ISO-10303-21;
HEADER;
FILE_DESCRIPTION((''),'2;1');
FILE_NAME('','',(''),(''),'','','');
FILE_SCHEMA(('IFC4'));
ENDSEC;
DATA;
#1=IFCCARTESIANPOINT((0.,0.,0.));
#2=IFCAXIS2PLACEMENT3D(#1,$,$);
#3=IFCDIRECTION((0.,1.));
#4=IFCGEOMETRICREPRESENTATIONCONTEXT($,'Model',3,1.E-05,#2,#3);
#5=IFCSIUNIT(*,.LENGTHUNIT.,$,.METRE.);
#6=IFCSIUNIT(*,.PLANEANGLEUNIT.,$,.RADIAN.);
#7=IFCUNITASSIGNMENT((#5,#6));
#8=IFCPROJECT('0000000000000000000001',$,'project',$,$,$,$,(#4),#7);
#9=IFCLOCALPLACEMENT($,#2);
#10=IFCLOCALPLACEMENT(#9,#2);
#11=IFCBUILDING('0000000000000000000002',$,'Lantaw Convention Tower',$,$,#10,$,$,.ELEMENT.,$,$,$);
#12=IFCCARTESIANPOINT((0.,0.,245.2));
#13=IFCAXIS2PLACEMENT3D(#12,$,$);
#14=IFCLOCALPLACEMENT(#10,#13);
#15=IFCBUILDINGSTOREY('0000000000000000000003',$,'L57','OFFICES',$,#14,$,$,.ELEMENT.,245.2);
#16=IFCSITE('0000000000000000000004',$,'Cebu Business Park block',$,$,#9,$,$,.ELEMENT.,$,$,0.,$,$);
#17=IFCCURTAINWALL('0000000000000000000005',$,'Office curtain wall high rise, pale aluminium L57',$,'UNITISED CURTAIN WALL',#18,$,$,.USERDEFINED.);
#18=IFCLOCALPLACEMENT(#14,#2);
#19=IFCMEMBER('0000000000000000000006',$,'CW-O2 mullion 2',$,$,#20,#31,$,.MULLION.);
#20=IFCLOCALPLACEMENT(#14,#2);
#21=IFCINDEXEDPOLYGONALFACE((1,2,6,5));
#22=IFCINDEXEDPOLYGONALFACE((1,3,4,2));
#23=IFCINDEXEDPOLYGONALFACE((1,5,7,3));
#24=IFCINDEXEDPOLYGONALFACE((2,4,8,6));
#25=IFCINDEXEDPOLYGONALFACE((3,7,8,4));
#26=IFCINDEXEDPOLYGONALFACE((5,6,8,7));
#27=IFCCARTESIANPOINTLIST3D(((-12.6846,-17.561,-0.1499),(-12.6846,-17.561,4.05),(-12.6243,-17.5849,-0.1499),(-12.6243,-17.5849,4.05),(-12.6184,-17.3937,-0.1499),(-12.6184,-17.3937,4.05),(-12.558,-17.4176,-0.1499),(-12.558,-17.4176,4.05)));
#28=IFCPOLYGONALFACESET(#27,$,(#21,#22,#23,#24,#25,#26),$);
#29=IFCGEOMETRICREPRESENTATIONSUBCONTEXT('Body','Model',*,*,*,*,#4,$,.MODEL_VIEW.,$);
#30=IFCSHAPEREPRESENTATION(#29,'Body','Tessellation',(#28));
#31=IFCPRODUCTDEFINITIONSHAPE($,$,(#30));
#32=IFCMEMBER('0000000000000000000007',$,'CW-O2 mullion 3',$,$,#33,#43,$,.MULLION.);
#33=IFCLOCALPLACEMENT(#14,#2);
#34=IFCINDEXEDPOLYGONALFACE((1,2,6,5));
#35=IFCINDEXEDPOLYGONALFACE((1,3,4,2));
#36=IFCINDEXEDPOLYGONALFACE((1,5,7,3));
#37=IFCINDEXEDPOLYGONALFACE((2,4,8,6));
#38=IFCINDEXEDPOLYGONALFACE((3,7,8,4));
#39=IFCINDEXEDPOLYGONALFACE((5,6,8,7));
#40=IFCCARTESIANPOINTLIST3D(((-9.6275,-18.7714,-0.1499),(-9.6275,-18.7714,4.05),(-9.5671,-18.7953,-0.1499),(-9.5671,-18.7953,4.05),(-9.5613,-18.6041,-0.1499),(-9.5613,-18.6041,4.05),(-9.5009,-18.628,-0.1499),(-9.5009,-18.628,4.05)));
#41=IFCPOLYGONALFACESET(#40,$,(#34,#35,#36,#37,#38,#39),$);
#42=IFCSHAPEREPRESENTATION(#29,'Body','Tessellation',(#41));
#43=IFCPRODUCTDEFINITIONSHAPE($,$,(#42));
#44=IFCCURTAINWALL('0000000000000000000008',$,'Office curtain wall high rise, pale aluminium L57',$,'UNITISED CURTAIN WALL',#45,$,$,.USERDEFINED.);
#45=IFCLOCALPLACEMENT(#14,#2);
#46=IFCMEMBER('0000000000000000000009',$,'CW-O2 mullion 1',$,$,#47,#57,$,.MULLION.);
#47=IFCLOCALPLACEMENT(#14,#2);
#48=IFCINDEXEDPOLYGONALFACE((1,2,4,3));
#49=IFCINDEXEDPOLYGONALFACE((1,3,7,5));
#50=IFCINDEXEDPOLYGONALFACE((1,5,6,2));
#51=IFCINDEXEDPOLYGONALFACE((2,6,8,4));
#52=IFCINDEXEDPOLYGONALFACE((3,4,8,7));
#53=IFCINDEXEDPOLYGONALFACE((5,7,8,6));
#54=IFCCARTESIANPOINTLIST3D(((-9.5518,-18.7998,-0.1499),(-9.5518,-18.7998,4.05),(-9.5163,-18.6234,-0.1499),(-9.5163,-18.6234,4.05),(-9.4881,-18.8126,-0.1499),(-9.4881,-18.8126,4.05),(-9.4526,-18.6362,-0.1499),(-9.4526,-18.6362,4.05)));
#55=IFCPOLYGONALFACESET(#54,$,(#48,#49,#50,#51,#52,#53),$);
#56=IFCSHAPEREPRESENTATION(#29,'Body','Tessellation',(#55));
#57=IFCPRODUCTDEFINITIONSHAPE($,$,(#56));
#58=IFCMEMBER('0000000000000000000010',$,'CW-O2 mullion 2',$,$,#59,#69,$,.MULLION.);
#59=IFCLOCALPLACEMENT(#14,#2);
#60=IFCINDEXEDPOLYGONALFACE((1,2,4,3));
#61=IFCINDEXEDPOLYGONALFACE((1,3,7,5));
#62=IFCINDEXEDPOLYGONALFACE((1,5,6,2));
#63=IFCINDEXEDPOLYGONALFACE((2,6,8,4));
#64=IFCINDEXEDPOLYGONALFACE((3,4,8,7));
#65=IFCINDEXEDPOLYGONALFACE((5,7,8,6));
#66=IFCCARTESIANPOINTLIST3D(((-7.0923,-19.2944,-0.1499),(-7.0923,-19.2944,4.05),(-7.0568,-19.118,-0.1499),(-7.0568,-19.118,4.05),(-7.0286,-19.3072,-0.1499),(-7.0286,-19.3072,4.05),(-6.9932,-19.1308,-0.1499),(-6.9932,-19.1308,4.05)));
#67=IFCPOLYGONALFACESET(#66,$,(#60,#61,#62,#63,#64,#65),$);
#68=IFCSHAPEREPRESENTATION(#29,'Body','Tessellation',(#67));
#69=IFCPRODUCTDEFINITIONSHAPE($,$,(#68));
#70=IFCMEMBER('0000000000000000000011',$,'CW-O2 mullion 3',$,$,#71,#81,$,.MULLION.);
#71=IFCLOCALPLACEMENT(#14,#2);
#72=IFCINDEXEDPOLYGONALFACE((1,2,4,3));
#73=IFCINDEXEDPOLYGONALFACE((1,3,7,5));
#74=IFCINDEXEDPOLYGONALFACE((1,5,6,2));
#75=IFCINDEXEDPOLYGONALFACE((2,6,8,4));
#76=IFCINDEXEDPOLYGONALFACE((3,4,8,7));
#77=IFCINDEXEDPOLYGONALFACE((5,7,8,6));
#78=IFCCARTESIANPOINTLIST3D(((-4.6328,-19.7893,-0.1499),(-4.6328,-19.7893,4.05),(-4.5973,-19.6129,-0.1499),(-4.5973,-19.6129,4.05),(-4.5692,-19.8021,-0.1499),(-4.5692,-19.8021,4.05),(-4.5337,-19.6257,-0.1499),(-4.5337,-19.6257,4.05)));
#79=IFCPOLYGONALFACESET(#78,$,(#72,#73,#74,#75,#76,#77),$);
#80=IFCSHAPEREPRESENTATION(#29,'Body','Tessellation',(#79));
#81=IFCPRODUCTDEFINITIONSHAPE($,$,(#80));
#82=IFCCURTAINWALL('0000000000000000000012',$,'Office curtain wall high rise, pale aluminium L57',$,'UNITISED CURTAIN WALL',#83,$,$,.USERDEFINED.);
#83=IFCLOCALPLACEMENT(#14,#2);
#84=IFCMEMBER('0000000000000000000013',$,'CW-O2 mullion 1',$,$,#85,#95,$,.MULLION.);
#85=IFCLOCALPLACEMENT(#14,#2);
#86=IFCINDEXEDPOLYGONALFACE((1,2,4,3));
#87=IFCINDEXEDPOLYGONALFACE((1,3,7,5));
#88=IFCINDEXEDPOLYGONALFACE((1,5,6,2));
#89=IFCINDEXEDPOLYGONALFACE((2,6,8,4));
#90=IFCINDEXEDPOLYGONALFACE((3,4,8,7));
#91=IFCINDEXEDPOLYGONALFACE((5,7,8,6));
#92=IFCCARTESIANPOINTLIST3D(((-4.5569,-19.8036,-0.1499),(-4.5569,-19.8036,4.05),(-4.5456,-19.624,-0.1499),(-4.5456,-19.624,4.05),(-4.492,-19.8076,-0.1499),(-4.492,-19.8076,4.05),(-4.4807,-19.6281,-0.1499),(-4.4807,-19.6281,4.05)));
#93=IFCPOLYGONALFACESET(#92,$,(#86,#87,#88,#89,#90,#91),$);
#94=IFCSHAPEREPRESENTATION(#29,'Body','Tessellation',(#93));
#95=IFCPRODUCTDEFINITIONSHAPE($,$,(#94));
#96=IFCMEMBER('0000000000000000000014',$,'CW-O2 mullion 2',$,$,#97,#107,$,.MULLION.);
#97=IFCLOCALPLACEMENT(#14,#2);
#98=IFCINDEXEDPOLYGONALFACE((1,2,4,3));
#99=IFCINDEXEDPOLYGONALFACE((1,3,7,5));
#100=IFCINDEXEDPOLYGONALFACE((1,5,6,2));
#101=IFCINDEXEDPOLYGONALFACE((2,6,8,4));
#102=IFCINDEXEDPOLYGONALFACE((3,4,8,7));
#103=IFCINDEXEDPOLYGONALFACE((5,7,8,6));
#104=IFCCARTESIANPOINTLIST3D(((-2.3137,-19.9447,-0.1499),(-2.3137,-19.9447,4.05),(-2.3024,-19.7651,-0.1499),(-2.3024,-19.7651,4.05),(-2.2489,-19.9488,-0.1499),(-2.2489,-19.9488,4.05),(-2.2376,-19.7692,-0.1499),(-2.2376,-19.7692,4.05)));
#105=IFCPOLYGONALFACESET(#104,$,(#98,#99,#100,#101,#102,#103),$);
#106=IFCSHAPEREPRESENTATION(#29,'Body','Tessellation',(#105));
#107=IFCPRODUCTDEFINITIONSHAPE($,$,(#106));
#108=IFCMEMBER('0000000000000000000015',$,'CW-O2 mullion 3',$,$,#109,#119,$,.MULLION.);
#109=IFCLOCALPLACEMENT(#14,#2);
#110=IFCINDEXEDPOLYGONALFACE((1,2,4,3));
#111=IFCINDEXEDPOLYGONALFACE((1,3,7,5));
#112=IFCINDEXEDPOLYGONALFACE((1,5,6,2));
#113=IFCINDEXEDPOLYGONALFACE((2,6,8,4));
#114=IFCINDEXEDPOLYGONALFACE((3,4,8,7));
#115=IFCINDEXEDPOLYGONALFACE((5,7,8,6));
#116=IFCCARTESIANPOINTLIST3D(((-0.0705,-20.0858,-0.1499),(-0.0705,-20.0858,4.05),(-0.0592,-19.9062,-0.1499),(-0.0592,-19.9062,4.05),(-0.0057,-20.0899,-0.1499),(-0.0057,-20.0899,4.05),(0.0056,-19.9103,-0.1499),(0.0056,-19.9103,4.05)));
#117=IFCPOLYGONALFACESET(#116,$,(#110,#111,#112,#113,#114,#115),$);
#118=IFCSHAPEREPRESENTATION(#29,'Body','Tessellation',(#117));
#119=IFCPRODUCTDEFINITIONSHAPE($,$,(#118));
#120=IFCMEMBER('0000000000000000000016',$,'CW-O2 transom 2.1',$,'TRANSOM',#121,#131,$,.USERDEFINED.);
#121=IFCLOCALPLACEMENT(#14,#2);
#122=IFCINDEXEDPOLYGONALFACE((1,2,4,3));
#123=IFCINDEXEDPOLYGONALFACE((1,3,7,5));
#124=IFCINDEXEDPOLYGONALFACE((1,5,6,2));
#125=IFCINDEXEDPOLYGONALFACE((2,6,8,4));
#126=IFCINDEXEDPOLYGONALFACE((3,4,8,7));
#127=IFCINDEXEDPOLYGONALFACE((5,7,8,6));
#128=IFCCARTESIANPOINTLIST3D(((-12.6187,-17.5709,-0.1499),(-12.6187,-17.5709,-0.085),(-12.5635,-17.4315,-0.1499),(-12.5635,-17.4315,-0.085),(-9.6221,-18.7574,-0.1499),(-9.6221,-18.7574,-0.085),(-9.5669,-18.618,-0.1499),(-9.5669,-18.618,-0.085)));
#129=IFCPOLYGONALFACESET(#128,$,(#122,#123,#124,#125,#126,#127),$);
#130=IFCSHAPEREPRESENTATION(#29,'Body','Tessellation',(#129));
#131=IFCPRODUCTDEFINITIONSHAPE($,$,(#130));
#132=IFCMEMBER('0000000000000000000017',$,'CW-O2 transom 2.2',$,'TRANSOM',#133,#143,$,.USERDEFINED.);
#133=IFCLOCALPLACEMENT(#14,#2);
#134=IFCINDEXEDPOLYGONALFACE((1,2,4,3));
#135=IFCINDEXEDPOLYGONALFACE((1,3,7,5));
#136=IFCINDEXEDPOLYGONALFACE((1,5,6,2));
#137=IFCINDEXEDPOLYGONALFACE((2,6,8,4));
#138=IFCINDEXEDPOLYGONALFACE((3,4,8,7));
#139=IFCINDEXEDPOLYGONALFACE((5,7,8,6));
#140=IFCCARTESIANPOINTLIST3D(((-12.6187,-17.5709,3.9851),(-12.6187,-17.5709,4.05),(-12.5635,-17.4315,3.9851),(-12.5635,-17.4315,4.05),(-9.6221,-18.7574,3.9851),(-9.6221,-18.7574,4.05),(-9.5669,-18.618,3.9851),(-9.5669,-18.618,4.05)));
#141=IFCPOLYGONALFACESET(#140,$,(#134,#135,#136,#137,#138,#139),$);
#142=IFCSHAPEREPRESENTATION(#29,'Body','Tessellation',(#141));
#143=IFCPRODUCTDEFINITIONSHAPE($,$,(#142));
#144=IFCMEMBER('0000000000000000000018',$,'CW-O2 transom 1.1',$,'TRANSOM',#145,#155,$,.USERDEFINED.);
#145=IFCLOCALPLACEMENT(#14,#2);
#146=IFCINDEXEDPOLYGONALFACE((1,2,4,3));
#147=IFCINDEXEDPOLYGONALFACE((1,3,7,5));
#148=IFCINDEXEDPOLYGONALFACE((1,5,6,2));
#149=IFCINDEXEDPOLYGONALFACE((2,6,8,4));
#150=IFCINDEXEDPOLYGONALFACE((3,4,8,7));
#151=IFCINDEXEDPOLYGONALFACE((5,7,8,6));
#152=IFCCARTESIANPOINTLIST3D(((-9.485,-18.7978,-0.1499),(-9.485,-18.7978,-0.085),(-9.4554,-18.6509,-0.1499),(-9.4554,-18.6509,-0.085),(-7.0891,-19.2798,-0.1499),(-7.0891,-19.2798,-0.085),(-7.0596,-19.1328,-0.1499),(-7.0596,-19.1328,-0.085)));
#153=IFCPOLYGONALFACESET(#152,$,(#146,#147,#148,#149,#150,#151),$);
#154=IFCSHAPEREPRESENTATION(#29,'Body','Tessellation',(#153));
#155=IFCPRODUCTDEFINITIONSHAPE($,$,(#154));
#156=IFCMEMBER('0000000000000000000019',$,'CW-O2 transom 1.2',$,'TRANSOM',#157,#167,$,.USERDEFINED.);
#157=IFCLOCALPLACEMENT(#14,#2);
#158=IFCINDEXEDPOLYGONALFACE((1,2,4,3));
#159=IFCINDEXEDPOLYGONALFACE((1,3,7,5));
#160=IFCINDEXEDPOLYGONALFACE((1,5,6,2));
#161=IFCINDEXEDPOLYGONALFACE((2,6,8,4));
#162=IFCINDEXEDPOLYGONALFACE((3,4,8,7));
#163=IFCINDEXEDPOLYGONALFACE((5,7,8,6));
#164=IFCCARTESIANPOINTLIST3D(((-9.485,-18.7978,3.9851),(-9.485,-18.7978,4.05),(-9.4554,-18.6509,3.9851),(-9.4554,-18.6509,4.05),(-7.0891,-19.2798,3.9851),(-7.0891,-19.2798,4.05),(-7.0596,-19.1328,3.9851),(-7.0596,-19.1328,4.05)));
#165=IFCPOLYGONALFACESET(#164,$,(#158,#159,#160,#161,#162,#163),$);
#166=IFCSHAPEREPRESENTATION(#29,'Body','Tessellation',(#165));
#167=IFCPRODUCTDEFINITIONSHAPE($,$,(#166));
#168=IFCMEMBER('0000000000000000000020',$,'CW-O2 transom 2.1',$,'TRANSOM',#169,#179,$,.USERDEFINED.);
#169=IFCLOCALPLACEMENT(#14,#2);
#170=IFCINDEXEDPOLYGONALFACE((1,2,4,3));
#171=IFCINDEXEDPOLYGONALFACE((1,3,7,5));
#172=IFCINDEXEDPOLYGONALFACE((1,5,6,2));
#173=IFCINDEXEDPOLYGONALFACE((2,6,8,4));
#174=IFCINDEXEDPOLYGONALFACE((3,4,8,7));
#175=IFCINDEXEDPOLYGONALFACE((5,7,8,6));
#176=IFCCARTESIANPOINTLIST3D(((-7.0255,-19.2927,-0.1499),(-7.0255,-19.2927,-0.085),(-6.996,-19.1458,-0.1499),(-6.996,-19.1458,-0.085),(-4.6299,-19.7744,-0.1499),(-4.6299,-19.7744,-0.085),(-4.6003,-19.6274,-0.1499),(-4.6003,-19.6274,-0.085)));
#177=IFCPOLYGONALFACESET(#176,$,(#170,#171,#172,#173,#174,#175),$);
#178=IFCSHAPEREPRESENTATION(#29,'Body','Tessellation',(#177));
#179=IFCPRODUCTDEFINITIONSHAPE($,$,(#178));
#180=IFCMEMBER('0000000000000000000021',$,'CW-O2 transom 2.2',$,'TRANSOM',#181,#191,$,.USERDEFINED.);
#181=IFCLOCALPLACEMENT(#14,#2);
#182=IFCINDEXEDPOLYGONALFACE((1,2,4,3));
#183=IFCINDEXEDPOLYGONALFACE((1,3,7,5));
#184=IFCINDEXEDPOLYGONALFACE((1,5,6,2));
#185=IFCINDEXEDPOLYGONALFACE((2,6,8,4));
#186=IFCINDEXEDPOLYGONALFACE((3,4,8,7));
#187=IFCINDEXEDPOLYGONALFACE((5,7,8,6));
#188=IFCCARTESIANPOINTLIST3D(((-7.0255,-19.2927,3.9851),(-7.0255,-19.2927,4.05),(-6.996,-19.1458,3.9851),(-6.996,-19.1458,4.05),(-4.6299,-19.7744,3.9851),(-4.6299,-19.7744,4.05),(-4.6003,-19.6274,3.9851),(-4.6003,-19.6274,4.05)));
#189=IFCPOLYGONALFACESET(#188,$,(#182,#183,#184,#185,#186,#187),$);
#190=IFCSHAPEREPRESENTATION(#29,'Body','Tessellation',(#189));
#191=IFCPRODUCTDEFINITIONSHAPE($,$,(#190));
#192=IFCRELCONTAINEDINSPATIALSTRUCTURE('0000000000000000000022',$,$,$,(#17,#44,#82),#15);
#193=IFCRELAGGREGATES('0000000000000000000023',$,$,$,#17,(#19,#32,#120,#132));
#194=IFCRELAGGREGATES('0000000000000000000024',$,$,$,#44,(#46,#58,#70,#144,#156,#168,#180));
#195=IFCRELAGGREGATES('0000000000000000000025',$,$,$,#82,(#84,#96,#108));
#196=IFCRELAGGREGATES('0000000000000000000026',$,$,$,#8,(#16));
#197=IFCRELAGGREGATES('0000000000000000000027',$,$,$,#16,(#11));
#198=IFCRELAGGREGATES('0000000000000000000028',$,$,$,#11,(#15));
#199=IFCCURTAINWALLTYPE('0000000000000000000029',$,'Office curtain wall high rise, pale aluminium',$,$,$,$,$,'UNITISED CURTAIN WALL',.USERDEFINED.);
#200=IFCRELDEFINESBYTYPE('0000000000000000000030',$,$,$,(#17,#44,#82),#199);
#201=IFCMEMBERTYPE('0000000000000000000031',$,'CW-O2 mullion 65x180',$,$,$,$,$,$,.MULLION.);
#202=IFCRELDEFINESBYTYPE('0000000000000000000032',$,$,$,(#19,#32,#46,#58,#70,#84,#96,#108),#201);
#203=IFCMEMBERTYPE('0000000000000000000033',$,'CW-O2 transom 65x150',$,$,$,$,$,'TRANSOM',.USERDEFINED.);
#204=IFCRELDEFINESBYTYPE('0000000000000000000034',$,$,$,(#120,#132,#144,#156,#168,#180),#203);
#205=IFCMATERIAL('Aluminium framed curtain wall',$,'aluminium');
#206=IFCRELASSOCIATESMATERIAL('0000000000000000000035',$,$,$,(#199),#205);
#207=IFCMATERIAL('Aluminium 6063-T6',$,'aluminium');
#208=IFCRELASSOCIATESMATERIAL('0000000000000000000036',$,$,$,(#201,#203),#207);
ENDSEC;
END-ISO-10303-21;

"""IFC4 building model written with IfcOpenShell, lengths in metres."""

from ifc_helpers import new_model, si_unit, direction, frame, origin, origin_2d, place, context, subcontext, project, spatial, rectangle, extrude, material, material_profile, profile_set, type_object, element, aggregate, save


model = new_model("IFC4")

# Units and contexts
model_context = context("Model", 3, precision=1e-05, world=origin(), true_north=direction((0.0, 1.0)))
body_context = subcontext(model_context, "Body", "Model", "MODEL_VIEW")
ifc_project = project(units=[si_unit("LENGTHUNIT", "METRE"), si_unit("PLANEANGLEUNIT", "RADIAN")], contexts=[model_context])

# Site, building, storey
site_placement = place(None, origin())
site = spatial("IfcSite", under=ifc_project, at=site_placement, Name="Cebu Business Park block", CompositionType="ELEMENT", RefElevation=0.0)
building_placement = place(site_placement, origin())
building = spatial("IfcBuilding", under=site, at=building_placement, Name="Lantaw Convention Tower", CompositionType="ELEMENT")
storey_placement = place(building_placement, frame((0.0, 0.0, 245.2)))
storey = spatial("IfcBuildingStorey", under=building, at=storey_placement, Name="L57", Description="OFFICES", CompositionType="ELEMENT", Elevation=245.2)

# Curtain walls, members
ifc_material_1 = material(Name="Aluminium framed curtain wall", Category="aluminium")
curtain_wall_type = type_object("IfcCurtainWallType", Name="Office curtain wall high rise, pale aluminium", ElementType="UNITISED CURTAIN WALL", PredefinedType="USERDEFINED", material=ifc_material_1)
curtain_wall_1_placement = place(storey_placement, origin())
curtain_wall_1 = element("IfcCurtainWall", 1, at=curtain_wall_1_placement, inside=storey, type_object=curtain_wall_type, Name="Office curtain wall high rise, pale aluminium L57", ObjectType="UNITISED CURTAIN WALL", PredefinedType="USERDEFINED")
ifc_material_2 = material(Name="Aluminium 6063-T6", Category="aluminium")
ifc_material_profile_1 = material_profile(ifc_material_2, rectangle(XDim=0.1799, YDim=0.0649, at=origin_2d()), Name="CW-O2 mullion 65x180")
ifc_profile_set_1 = profile_set([ifc_material_profile_1], Name="Aluminium 6063-T6")
member_type_1 = type_object("IfcMemberType", Name="CW-O2 mullion 65x180", PredefinedType="MULLION", material=ifc_profile_set_1)
member_1_placement = place(storey_placement, frame((-12.6213, -17.4893, -0.1499), z_axis=(0.0, 0.0, 1.0), x_axis=(0.368162, 0.929762, 0.0)))
member_1 = element("IfcMember", 2, at=member_1_placement, type_object=member_type_1, Name="CW-O2 mullion 2", PredefinedType="MULLION", context=body_context, shape_type="SweptSolid", body=[
    extrude(rectangle(XDim=0.1799, YDim=0.0649, at=origin_2d()), origin(), (0.0, 0.0, 1.0), 4.2),
])
member_2_placement = place(storey_placement, frame((-9.5642, -18.6997, -0.1499), z_axis=(0.0, 0.0, 1.0), x_axis=(0.368162, 0.929762, 0.0)))
member_2 = element("IfcMember", 3, at=member_2_placement, type_object=member_type_1, Name="CW-O2 mullion 3", PredefinedType="MULLION", context=body_context, shape_type="SweptSolid", body=[
    extrude(rectangle(XDim=0.1799, YDim=0.0649, at=origin_2d()), origin(), (0.0, 0.0, 1.0), 4.2),
])
curtain_wall_2_placement = place(storey_placement, origin())
curtain_wall_2 = element("IfcCurtainWall", 4, at=curtain_wall_2_placement, inside=storey, type_object=curtain_wall_type, Name="Office curtain wall high rise, pale aluminium L57", ObjectType="UNITISED CURTAIN WALL", PredefinedType="USERDEFINED")
member_3_placement = place(storey_placement, frame((-9.5022, -18.718, -0.1499), z_axis=(0.0, 0.0, 1.0), x_axis=(0.197183, 0.980367, 0.0)))
member_3 = element("IfcMember", 5, at=member_3_placement, type_object=member_type_1, Name="CW-O2 mullion 1", PredefinedType="MULLION", context=body_context, shape_type="SweptSolid", body=[
    extrude(rectangle(XDim=0.1799, YDim=0.0649, at=origin_2d()), origin(), (0.0, 0.0, 1.0), 4.2),
])
member_4_placement = place(storey_placement, frame((-7.0427, -19.2126, -0.1499), z_axis=(0.0, 0.0, 1.0), x_axis=(0.197183, 0.980367, 0.0)))
member_4 = element("IfcMember", 6, at=member_4_placement, type_object=member_type_1, Name="CW-O2 mullion 2", PredefinedType="MULLION", context=body_context, shape_type="SweptSolid", body=[
    extrude(rectangle(XDim=0.1799, YDim=0.0649, at=origin_2d()), origin(), (0.0, 0.0, 1.0), 4.2),
])
member_5_placement = place(storey_placement, frame((-4.5833, -19.7075, -0.1499), z_axis=(0.0, 0.0, 1.0), x_axis=(0.197183, 0.980367, 0.0)))
member_5 = element("IfcMember", 7, at=member_5_placement, type_object=member_type_1, Name="CW-O2 mullion 3", PredefinedType="MULLION", context=body_context, shape_type="SweptSolid", body=[
    extrude(rectangle(XDim=0.1799, YDim=0.0649, at=origin_2d()), origin(), (0.0, 0.0, 1.0), 4.2),
])
curtain_wall_3_placement = place(storey_placement, origin())
curtain_wall_3 = element("IfcCurtainWall", 8, at=curtain_wall_3_placement, inside=storey, type_object=curtain_wall_type, Name="Office curtain wall high rise, pale aluminium L57", ObjectType="UNITISED CURTAIN WALL", PredefinedType="USERDEFINED")
member_6_placement = place(storey_placement, frame((-4.5188, -19.7158, -0.1499), z_axis=(0.0, 0.0, 1.0), x_axis=(0.062758, 0.998029, 0.0)))
member_6 = element("IfcMember", 9, at=member_6_placement, type_object=member_type_1, Name="CW-O2 mullion 1", PredefinedType="MULLION", context=body_context, shape_type="SweptSolid", body=[
    extrude(rectangle(XDim=0.1799, YDim=0.0649, at=origin_2d()), origin(), (0.0, 0.0, 1.0), 4.2),
])
member_7_placement = place(storey_placement, frame((-2.2756, -19.8569, -0.1499), z_axis=(0.0, 0.0, 1.0), x_axis=(0.062758, 0.998029, 0.0)))
member_7 = element("IfcMember", 10, at=member_7_placement, type_object=member_type_1, Name="CW-O2 mullion 2", PredefinedType="MULLION", context=body_context, shape_type="SweptSolid", body=[
    extrude(rectangle(XDim=0.1799, YDim=0.0649, at=origin_2d()), origin(), (0.0, 0.0, 1.0), 4.2),
])
member_8_placement = place(storey_placement, frame((-0.0325, -19.998, -0.1499), z_axis=(0.0, 0.0, 1.0), x_axis=(0.062758, 0.998029, 0.0)))
member_8 = element("IfcMember", 11, at=member_8_placement, type_object=member_type_1, Name="CW-O2 mullion 3", PredefinedType="MULLION", context=body_context, shape_type="SweptSolid", body=[
    extrude(rectangle(XDim=0.1799, YDim=0.0649, at=origin_2d()), origin(), (0.0, 0.0, 1.0), 4.2),
])

# Members
ifc_material_profile_2 = material_profile(ifc_material_2, rectangle(XDim=0.1499, YDim=0.0649, at=origin_2d()), Name="CW-O2 transom 65x150")
ifc_profile_set_2 = profile_set([ifc_material_profile_2], Name="Aluminium 6063-T6")
member_type_2 = type_object("IfcMemberType", Name="CW-O2 transom 65x150", ElementType="TRANSOM", PredefinedType="USERDEFINED", material=ifc_profile_set_2)
member_9_placement = place(storey_placement, frame((-12.5911, -17.5012, -0.1174), z_axis=(0.929767, -0.368149, 0.0), x_axis=(0.368149, 0.929767, 0.0)))
member_9 = element("IfcMember", 12, at=member_9_placement, type_object=member_type_2, Name="CW-O2 transom 2.1", ObjectType="TRANSOM", PredefinedType="USERDEFINED", context=body_context, shape_type="SweptSolid", body=[
    extrude(rectangle(XDim=0.1499, YDim=0.0649, at=origin_2d()), origin(), (0.0, 0.0, 1.0), 3.2229),
])
member_10_placement = place(storey_placement, frame((-12.5911, -17.5012, 4.0176), z_axis=(0.929767, -0.368149, 0.0), x_axis=(0.368149, 0.929767, 0.0)))
member_10 = element("IfcMember", 13, at=member_10_placement, type_object=member_type_2, Name="CW-O2 transom 2.2", ObjectType="TRANSOM", PredefinedType="USERDEFINED", context=body_context, shape_type="SweptSolid", body=[
    extrude(rectangle(XDim=0.1499, YDim=0.0649, at=origin_2d()), origin(), (0.0, 0.0, 1.0), 3.2229),
])
member_11_placement = place(storey_placement, frame((-9.4702, -18.7244, -0.1174), z_axis=(0.980361, -0.197211, 0.0), x_axis=(0.197211, 0.980361, 0.0)))
member_11 = element("IfcMember", 14, at=member_11_placement, type_object=member_type_2, Name="CW-O2 transom 1.1", ObjectType="TRANSOM", PredefinedType="USERDEFINED", context=body_context, shape_type="SweptSolid", body=[
    extrude(rectangle(XDim=0.1499, YDim=0.0649, at=origin_2d()), origin(), (0.0, 0.0, 1.0), 2.4438),
])
member_12_placement = place(storey_placement, frame((-9.4702, -18.7244, 4.0176), z_axis=(0.980361, -0.197211, 0.0), x_axis=(0.197211, 0.980361, 0.0)))
member_12 = element("IfcMember", 15, at=member_12_placement, type_object=member_type_2, Name="CW-O2 transom 1.2", ObjectType="TRANSOM", PredefinedType="USERDEFINED", context=body_context, shape_type="SweptSolid", body=[
    extrude(rectangle(XDim=0.1499, YDim=0.0649, at=origin_2d()), origin(), (0.0, 0.0, 1.0), 2.4438),
])
member_13_placement = place(storey_placement, frame((-7.0107, -19.2192, -0.1174), z_axis=(0.98038, -0.197115, 0.0), x_axis=(0.197115, 0.98038, 0.0)))
member_13 = element("IfcMember", 16, at=member_13_placement, type_object=member_type_2, Name="CW-O2 transom 2.1", ObjectType="TRANSOM", PredefinedType="USERDEFINED", context=body_context, shape_type="SweptSolid", body=[
    extrude(rectangle(XDim=0.1499, YDim=0.0649, at=origin_2d()), origin(), (0.0, 0.0, 1.0), 2.4436),
])
member_14_placement = place(storey_placement, frame((-7.0107, -19.2192, 4.0176), z_axis=(0.98038, -0.197115, 0.0), x_axis=(0.197115, 0.98038, 0.0)))
member_14 = element("IfcMember", 17, at=member_14_placement, type_object=member_type_2, Name="CW-O2 transom 2.2", ObjectType="TRANSOM", PredefinedType="USERDEFINED", context=body_context, shape_type="SweptSolid", body=[
    extrude(rectangle(XDim=0.1499, YDim=0.0649, at=origin_2d()), origin(), (0.0, 0.0, 1.0), 2.4436),
])

aggregate(curtain_wall_1, [member_1, member_2, member_9, member_10])
aggregate(curtain_wall_2, [member_3, member_4, member_5, member_11, member_12, member_13, member_14])
aggregate(curtain_wall_3, [member_6, member_7, member_8])

save(model, "model.ifc")
